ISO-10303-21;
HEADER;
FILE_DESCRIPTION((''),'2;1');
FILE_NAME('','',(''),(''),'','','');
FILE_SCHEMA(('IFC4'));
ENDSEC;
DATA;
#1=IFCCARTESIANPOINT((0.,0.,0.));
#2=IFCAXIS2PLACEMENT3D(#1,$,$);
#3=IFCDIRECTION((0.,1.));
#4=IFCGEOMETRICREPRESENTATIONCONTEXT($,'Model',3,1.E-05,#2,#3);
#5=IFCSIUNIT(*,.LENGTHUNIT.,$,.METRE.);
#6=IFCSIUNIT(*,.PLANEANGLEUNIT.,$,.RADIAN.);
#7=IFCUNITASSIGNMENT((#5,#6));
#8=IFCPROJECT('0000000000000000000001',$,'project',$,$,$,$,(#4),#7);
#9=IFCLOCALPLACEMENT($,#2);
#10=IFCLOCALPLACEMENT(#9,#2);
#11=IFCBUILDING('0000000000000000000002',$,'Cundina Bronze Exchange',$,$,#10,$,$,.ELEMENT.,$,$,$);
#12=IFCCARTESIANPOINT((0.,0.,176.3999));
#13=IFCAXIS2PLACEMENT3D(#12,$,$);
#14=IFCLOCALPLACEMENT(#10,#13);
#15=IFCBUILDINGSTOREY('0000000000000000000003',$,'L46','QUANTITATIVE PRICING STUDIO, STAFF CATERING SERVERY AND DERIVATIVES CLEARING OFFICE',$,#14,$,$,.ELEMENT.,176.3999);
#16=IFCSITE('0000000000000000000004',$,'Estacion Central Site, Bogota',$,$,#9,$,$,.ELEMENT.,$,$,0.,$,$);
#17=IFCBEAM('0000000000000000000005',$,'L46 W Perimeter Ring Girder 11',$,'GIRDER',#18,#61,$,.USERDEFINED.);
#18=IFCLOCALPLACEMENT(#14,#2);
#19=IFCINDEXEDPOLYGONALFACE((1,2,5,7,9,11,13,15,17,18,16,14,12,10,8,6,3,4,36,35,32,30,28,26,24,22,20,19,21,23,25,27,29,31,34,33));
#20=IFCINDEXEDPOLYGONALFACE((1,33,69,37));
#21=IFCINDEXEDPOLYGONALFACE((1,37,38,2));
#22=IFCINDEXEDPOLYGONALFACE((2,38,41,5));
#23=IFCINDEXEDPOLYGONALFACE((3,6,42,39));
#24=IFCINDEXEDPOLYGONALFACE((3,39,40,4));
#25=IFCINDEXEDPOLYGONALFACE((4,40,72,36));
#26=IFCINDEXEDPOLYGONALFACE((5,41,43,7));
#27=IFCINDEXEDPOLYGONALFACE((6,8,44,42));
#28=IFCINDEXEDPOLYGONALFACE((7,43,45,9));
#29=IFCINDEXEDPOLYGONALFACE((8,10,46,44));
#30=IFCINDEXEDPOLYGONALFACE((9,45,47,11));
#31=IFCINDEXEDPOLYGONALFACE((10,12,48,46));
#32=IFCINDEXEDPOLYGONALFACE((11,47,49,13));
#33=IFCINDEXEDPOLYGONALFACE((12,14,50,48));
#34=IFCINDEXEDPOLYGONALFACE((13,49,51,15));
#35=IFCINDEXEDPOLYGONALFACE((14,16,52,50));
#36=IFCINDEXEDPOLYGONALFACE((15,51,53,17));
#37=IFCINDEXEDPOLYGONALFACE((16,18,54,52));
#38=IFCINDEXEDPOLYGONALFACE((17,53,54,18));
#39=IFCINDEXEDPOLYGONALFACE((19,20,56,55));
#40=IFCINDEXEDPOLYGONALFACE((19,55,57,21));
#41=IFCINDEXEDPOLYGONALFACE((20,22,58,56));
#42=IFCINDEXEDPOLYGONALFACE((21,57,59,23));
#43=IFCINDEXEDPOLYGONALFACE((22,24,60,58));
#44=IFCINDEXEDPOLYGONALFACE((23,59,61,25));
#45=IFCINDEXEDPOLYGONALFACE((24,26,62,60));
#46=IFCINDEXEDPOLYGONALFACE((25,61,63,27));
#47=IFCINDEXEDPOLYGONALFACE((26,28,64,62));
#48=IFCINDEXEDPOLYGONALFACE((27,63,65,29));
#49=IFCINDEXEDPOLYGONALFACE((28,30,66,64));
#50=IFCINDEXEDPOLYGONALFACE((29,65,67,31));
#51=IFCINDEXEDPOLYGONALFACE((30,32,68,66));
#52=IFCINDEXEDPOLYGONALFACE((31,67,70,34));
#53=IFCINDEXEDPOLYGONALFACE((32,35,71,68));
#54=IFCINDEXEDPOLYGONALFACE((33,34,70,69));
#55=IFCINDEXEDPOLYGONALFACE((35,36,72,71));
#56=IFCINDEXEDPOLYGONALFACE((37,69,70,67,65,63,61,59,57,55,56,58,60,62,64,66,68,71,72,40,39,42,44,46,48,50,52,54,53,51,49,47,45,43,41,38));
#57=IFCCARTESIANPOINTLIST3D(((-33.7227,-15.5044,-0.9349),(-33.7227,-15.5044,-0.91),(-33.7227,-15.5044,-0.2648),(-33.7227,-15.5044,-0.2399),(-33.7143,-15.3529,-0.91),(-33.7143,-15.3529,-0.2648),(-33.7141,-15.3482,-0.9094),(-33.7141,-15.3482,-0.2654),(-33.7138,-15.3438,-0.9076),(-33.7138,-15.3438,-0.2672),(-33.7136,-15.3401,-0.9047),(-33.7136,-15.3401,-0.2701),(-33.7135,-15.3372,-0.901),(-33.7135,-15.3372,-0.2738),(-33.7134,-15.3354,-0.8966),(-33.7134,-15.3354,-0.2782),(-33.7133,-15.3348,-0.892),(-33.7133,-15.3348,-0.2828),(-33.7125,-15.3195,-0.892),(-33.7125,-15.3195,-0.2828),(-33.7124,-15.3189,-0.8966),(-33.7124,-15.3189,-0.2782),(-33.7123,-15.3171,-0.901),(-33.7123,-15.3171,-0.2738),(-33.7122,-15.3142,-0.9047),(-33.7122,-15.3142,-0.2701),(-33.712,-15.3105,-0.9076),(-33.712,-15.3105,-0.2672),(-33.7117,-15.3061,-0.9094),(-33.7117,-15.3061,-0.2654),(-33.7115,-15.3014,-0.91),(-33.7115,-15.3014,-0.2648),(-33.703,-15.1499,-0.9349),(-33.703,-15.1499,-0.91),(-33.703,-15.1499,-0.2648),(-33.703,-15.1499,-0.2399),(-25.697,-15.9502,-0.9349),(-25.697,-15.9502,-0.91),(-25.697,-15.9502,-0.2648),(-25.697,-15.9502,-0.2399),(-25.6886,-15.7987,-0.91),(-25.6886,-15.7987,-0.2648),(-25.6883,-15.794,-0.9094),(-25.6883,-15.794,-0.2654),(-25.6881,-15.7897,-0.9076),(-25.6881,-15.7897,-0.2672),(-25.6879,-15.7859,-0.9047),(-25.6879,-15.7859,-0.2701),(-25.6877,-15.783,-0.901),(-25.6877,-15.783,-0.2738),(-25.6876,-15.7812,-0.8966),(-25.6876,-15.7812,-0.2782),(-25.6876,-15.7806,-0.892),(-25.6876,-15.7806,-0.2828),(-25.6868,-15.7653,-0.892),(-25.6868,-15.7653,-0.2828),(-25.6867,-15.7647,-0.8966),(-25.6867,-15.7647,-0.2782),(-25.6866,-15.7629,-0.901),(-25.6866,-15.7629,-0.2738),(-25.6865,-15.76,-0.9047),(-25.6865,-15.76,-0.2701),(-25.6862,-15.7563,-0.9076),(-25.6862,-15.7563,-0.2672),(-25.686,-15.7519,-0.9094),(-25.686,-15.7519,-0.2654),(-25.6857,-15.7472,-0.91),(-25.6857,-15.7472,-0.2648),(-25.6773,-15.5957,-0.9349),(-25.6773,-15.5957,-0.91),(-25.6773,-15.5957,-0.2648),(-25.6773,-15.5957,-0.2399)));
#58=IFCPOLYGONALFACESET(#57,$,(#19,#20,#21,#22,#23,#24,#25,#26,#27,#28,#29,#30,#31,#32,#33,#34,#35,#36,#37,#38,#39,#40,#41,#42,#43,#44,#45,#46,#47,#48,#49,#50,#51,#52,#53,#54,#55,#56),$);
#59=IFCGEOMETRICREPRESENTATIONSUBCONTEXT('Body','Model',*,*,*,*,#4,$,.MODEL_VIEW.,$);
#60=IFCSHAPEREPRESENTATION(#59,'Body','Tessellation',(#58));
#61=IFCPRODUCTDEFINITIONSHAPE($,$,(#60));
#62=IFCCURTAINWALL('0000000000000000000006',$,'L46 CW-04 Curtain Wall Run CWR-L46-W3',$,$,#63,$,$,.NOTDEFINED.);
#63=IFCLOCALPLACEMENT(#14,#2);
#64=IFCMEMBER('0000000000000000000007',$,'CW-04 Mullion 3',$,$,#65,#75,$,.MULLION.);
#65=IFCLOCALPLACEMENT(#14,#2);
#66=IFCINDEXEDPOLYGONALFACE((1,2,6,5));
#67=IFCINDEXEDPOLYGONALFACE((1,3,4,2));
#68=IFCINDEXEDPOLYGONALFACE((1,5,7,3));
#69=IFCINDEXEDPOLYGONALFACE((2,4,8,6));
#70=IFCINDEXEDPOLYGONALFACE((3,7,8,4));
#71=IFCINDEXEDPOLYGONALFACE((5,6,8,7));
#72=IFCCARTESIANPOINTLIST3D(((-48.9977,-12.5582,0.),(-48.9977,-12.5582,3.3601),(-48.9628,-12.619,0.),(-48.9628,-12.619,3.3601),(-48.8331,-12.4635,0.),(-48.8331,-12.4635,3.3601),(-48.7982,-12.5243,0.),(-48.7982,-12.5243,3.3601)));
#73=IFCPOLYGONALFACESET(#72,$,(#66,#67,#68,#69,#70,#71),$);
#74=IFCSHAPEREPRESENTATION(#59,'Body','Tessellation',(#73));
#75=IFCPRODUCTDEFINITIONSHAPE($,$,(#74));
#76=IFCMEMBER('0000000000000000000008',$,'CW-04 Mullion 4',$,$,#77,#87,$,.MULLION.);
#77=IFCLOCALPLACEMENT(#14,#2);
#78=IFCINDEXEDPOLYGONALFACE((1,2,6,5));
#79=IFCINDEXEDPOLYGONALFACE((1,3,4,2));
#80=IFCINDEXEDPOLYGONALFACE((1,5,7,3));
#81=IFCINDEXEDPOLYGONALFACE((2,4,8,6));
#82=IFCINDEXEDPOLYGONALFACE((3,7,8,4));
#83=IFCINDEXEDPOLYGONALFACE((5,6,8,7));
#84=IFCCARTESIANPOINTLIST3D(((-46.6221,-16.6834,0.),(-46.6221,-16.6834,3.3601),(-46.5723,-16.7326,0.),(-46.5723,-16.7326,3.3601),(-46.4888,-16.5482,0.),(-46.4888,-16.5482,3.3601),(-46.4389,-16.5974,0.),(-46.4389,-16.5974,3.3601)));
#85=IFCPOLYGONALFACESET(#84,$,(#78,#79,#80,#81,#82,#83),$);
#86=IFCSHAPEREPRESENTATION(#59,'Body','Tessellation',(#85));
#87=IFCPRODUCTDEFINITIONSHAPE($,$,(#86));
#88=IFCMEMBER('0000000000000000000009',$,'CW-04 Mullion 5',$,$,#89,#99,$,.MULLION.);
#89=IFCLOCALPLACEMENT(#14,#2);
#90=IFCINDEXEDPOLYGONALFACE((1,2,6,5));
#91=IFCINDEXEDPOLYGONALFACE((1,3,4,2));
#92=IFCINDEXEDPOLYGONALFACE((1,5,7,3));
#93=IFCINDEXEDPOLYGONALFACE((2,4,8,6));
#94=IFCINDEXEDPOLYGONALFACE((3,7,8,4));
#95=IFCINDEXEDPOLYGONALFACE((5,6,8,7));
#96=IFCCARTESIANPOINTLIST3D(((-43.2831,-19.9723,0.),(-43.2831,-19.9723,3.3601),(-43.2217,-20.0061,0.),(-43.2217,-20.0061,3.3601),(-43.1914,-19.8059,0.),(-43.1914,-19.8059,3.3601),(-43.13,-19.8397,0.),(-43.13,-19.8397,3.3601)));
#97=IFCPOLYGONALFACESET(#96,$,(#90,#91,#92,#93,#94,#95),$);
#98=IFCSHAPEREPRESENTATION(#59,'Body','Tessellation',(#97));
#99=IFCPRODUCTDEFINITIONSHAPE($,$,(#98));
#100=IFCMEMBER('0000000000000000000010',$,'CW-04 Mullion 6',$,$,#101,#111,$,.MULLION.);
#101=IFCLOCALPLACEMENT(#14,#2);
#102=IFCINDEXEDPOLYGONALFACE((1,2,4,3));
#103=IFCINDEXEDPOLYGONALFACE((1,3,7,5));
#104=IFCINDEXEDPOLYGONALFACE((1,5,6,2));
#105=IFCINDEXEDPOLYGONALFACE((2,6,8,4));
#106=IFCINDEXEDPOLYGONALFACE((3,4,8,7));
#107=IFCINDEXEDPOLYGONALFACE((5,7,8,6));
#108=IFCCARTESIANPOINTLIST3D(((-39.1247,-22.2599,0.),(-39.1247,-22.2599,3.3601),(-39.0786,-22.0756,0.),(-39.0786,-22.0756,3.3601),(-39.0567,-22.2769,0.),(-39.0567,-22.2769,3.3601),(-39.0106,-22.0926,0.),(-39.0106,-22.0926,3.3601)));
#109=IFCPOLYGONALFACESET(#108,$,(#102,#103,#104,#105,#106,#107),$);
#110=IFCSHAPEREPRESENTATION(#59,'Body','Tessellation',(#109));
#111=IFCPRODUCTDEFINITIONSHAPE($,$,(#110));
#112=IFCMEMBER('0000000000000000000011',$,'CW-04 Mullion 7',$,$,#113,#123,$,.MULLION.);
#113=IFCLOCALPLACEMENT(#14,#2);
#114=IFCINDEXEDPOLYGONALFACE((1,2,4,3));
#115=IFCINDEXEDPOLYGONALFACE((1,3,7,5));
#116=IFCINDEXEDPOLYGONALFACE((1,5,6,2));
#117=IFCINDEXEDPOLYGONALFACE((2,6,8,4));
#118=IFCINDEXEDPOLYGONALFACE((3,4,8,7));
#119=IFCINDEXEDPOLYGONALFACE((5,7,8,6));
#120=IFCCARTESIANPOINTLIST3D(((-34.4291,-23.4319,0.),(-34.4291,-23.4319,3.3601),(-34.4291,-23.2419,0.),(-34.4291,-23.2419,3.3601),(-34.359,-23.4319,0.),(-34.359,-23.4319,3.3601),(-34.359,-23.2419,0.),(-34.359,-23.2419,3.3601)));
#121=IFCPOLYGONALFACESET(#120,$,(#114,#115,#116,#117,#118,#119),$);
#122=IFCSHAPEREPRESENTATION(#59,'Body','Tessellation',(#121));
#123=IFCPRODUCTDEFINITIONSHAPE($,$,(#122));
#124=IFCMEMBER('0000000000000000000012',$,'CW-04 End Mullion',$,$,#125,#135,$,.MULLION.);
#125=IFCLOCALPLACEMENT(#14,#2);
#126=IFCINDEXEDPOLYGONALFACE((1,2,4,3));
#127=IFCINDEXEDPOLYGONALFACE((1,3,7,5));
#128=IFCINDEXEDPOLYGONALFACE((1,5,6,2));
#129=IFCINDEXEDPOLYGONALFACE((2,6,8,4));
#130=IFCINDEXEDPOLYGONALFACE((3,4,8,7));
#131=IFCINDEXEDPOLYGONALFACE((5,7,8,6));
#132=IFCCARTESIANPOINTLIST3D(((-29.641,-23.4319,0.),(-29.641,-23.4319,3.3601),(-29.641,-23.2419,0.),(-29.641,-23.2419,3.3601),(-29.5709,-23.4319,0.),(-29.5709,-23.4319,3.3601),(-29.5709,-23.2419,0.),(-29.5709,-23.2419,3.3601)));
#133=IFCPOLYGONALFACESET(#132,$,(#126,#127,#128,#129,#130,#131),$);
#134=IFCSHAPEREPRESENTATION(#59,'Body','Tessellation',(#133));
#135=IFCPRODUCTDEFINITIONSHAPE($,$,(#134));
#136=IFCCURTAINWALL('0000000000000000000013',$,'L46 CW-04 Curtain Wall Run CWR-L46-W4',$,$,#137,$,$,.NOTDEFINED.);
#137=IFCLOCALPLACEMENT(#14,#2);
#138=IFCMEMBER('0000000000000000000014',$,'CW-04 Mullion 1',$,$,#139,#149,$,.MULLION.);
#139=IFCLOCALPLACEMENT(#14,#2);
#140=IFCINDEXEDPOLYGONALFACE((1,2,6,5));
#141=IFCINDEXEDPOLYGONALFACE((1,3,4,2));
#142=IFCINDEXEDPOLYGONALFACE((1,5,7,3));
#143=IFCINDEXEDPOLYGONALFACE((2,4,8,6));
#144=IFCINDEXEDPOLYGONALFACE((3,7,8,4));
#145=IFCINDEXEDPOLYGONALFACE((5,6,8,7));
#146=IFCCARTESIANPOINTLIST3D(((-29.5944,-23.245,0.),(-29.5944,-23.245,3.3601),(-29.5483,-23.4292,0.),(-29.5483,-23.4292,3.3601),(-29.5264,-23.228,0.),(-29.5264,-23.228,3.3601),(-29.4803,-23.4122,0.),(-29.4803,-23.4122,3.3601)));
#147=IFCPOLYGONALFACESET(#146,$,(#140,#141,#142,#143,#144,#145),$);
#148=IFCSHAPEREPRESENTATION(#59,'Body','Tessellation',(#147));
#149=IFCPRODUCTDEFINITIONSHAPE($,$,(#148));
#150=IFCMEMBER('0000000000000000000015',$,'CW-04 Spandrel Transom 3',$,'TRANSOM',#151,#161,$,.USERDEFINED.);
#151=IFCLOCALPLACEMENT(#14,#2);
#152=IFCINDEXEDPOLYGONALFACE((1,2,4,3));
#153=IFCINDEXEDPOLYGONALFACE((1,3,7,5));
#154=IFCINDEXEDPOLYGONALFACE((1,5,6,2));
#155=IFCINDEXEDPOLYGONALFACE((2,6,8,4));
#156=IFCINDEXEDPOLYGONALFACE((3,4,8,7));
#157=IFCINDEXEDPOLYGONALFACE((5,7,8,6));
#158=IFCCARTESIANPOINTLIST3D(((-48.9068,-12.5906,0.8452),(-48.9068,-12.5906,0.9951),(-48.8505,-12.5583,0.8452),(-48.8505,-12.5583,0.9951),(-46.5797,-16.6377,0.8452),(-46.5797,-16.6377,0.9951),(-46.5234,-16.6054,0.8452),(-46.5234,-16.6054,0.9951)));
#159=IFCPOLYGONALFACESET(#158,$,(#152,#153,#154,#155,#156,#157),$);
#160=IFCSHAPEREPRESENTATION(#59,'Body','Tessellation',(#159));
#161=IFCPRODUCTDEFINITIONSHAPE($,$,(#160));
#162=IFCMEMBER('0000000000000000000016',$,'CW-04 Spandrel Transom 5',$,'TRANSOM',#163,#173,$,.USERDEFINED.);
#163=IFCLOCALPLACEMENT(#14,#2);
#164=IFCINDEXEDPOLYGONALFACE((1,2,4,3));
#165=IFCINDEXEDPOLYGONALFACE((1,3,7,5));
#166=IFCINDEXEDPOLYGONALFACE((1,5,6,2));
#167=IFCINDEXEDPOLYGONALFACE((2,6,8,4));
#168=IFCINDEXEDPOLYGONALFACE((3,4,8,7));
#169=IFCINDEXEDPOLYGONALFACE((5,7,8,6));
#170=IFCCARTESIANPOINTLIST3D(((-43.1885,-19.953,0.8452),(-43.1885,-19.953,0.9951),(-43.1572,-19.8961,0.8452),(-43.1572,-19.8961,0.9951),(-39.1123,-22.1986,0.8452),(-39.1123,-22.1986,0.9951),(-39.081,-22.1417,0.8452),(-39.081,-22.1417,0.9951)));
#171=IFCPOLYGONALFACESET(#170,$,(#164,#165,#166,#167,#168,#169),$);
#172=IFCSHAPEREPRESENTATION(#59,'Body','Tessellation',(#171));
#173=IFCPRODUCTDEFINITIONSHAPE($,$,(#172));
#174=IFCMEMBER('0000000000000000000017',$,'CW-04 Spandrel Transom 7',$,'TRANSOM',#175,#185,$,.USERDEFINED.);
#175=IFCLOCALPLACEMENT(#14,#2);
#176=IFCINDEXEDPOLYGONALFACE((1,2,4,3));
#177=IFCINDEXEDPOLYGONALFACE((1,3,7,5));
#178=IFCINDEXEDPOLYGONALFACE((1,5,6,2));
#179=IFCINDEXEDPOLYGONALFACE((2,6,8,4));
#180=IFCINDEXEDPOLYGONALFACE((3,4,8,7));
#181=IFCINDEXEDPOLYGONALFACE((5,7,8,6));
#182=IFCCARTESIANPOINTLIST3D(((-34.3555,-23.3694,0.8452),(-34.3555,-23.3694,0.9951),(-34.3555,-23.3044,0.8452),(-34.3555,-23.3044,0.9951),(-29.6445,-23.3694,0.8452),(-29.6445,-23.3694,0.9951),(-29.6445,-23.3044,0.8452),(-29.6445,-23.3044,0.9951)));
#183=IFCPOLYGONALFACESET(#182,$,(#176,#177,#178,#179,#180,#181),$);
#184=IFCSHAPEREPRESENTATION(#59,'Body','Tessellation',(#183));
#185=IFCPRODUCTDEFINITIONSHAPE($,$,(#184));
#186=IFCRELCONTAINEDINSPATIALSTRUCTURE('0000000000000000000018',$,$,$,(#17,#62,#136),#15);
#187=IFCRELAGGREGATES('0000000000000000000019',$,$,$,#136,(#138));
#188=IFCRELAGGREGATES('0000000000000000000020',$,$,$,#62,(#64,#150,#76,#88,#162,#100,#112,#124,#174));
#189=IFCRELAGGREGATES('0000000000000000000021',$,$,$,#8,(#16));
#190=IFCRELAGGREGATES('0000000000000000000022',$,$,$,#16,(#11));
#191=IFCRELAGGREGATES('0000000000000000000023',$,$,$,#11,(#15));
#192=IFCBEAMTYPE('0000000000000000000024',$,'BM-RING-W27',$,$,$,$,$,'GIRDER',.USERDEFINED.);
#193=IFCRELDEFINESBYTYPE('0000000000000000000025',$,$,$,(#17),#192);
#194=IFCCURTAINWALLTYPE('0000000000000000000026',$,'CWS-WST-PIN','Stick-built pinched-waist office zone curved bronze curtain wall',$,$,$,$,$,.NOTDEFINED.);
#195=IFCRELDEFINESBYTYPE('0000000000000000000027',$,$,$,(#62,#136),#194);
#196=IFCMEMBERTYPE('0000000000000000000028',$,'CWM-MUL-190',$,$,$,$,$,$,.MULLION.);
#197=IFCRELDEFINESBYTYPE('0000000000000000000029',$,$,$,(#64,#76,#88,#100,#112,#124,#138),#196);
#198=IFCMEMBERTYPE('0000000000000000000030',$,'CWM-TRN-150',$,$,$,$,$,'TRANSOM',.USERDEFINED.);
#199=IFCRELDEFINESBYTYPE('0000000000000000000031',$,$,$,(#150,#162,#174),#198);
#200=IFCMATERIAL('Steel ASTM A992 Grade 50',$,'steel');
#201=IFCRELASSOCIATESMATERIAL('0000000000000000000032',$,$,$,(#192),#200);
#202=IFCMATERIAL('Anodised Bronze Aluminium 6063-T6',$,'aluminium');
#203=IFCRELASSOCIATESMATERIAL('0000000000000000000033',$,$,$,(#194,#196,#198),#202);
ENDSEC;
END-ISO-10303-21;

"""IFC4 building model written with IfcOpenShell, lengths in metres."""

from ifc_helpers import new_model, si_unit, direction, frame, origin, origin_2d, place, context, subcontext, project, spatial, rectangle, i_section, extrude, material, material_profile, profile_set, type_object, element, aggregate, save


model = new_model("IFC4")

# Units and contexts
model_context = context("Model", 3, precision=1e-05, world=origin(), true_north=direction((0.0, 1.0)))
body_context = subcontext(model_context, "Body", "Model", "MODEL_VIEW")
ifc_project = project(units=[si_unit("LENGTHUNIT", "METRE"), si_unit("PLANEANGLEUNIT", "RADIAN")], contexts=[model_context])

# Site, building, storey
site_placement = place(None, origin())
site = spatial("IfcSite", under=ifc_project, at=site_placement, Name="Estacion Central Site, Bogota", CompositionType="ELEMENT", RefElevation=0.0)
building_placement = place(site_placement, origin())
building = spatial("IfcBuilding", under=site, at=building_placement, Name="Cundina Bronze Exchange", CompositionType="ELEMENT")
storey_placement = place(building_placement, frame((0.0, 0.0, 176.3999)))
storey = spatial("IfcBuildingStorey", under=building, at=storey_placement, Name="L46", Description="QUANTITATIVE PRICING STUDIO, STAFF CATERING SERVERY AND DERIVATIVES CLEARING OFFICE", CompositionType="ELEMENT", Elevation=176.3999)

# Beam
ifc_material_1 = material(Name="Steel ASTM A992 Grade 50", Category="steel")
ifc_material_profile_1 = material_profile(ifc_material_1, i_section(OverallWidth=0.355, OverallDepth=0.6951, WebThickness=0.0154, FlangeThickness=0.0249, FilletRadius=0.0181, at=origin_2d()), Name="W27X146", Category="steel")
ifc_profile_set_1 = profile_set([ifc_material_profile_1], Name="Steel ASTM A992 Grade 50")
beam_type_1 = type_object("IfcBeamType", Name="BM-RING-W27", ElementType="GIRDER", PredefinedType="USERDEFINED", material=ifc_profile_set_1)
for number, where, z_axis, x_axis, name in (
    (1, (-33.7129, -15.3271, -0.5874), (0.998461, -0.055462, 0.0), (0.055462, 0.998461, 0.0), "L46 W Perimeter Ring Girder 11"),
):
    element("IfcBeam", number, at=place(storey_placement, frame(where, z_axis=z_axis, x_axis=x_axis)), inside=storey, type_object=beam_type_1, Name=name, ObjectType="GIRDER", PredefinedType="USERDEFINED", context=body_context, shape_type="SweptSolid", body=[
        extrude(i_section(OverallWidth=0.355, OverallDepth=0.6951, WebThickness=0.0154, FlangeThickness=0.0249, FilletRadius=0.0181, at=origin_2d()), origin(), (0.0, 0.0, 1.0), 8.0381),
    ])

# Curtain wall, members
ifc_material_2 = material(Name="Anodised Bronze Aluminium 6063-T6", Category="aluminium")
curtain_wall_type = type_object("IfcCurtainWallType", Name="CWS-WST-PIN", Description="Stick-built pinched-waist office zone curved bronze curtain wall", PredefinedType="NOTDEFINED", material=ifc_material_2)
curtain_wall_1_placement = place(storey_placement, origin())
curtain_wall_1 = element("IfcCurtainWall", 2, at=curtain_wall_1_placement, inside=storey, type_object=curtain_wall_type, Name="L46 CW-04 Curtain Wall Run CWR-L46-W3", PredefinedType="NOTDEFINED")
ifc_material_profile_2 = material_profile(ifc_material_2, rectangle(XDim=0.0701, YDim=0.1899, at=origin_2d()), Name="AL70X190", Category="aluminium")
ifc_profile_set_2 = profile_set([ifc_material_profile_2], Name="Anodised Bronze Aluminium 6063-T6")
member_type_1 = type_object("IfcMemberType", Name="CWM-MUL-190", PredefinedType="MULLION", material=ifc_profile_set_2)
member_1_placement = place(storey_placement, frame((-48.8979, -12.5413, 0.0), z_axis=(0.0, 0.0, 1.0), x_axis=(0.498488, -0.866897, 0.0)))
member_1 = element("IfcMember", 3, at=member_1_placement, type_object=member_type_1, Name="CW-04 Mullion 3", PredefinedType="MULLION", context=body_context, shape_type="SweptSolid", body=[
    extrude(rectangle(XDim=0.0701, YDim=0.1899, at=origin_2d()), origin(), (0.0, 0.0, 1.0), 3.3601),
])
member_2_placement = place(storey_placement, frame((-46.5305, -16.6404, 0.0), z_axis=(0.0, 0.0, 1.0), x_axis=(0.712026, -0.702153, 0.0)))
member_2 = element("IfcMember", 4, at=member_2_placement, type_object=member_type_1, Name="CW-04 Mullion 4", PredefinedType="MULLION", context=body_context, shape_type="SweptSolid", body=[
    extrude(rectangle(XDim=0.0701, YDim=0.1899, at=origin_2d()), origin(), (0.0, 0.0, 1.0), 3.3601),
])
member_3_placement = place(storey_placement, frame((-43.2065, -19.906, 0.0), z_axis=(0.0, 0.0, 1.0), x_axis=(0.875886, -0.482518, 0.0)))
member_3 = element("IfcMember", 5, at=member_3_placement, type_object=member_type_1, Name="CW-04 Mullion 5", PredefinedType="MULLION", context=body_context, shape_type="SweptSolid", body=[
    extrude(rectangle(XDim=0.0701, YDim=0.1899, at=origin_2d()), origin(), (0.0, 0.0, 1.0), 3.3601),
])
member_4_placement = place(storey_placement, frame((-39.0676, -22.1763, 0.0), z_axis=(0.0, 0.0, 1.0), x_axis=(0.970084, -0.242769, 0.0)))
member_4 = element("IfcMember", 6, at=member_4_placement, type_object=member_type_1, Name="CW-04 Mullion 6", PredefinedType="MULLION", context=body_context, shape_type="SweptSolid", body=[
    extrude(rectangle(XDim=0.0701, YDim=0.1899, at=origin_2d()), origin(), (0.0, 0.0, 1.0), 3.3601),
])
member_5_placement = place(storey_placement, frame((-34.394, -23.3369, 0.0), z_axis=(0.0, 0.0, 1.0), x_axis=(1.0, 0.0, 0.0)))
member_5 = element("IfcMember", 7, at=member_5_placement, type_object=member_type_1, Name="CW-04 Mullion 7", PredefinedType="MULLION", context=body_context, shape_type="SweptSolid", body=[
    extrude(rectangle(XDim=0.0701, YDim=0.1899, at=origin_2d()), origin(), (0.0, 0.0, 1.0), 3.3601),
])
member_6_placement = place(storey_placement, frame((-29.606, -23.3369, 0.0), z_axis=(0.0, 0.0, 1.0), x_axis=(1.0, 0.0, 0.0)))
member_6 = element("IfcMember", 8, at=member_6_placement, type_object=member_type_1, Name="CW-04 End Mullion", PredefinedType="MULLION", context=body_context, shape_type="SweptSolid", body=[
    extrude(rectangle(XDim=0.0701, YDim=0.1899, at=origin_2d()), origin(), (0.0, 0.0, 1.0), 3.3601),
])

# Curtain wall, member
curtain_wall_2_placement = place(storey_placement, origin())
curtain_wall_2 = element("IfcCurtainWall", 9, at=curtain_wall_2_placement, inside=storey, type_object=curtain_wall_type, Name="L46 CW-04 Curtain Wall Run CWR-L46-W4", PredefinedType="NOTDEFINED")
member_7_placement = place(storey_placement, frame((-29.5374, -23.3286, 0.0), z_axis=(0.0, 0.0, 1.0), x_axis=(0.970084, 0.242769, 0.0)))
member_7 = element("IfcMember", 10, at=member_7_placement, type_object=member_type_1, Name="CW-04 Mullion 1", PredefinedType="MULLION", context=body_context, shape_type="SweptSolid", body=[
    extrude(rectangle(XDim=0.0701, YDim=0.1899, at=origin_2d()), origin(), (0.0, 0.0, 1.0), 3.3601),
])
aggregate(curtain_wall_2, [member_7])

# Members
ifc_material_profile_3 = material_profile(ifc_material_2, rectangle(XDim=0.0649, YDim=0.1499, at=origin_2d()), Name="AL65X150", Category="aluminium")
ifc_profile_set_3 = profile_set([ifc_material_profile_3], Name="Anodised Bronze Aluminium 6063-T6")
member_type_2 = type_object("IfcMemberType", Name="CWM-TRN-150", ElementType="TRANSOM", PredefinedType="USERDEFINED", material=ifc_profile_set_3)
member_8_placement = place(storey_placement, frame((-48.8787, -12.5745, 0.9202), z_axis=(0.49848, -0.866901, 0.0), x_axis=(0.866901, 0.49848, 0.0)))
member_8 = element("IfcMember", 11, at=member_8_placement, type_object=member_type_2, Name="CW-04 Spandrel Transom 3", ObjectType="TRANSOM", PredefinedType="USERDEFINED", context=body_context, shape_type="SweptSolid", body=[
    extrude(rectangle(XDim=0.0649, YDim=0.1499, at=origin_2d()), origin(), (0.0, 0.0, 1.0), 4.6685),
])
member_9_placement = place(storey_placement, frame((-43.1729, -19.9246, 0.9202), z_axis=(0.875879, -0.482531, 0.0), x_axis=(0.482531, 0.875879, 0.0)))
member_9 = element("IfcMember", 12, at=member_9_placement, type_object=member_type_2, Name="CW-04 Spandrel Transom 5", ObjectType="TRANSOM", PredefinedType="USERDEFINED", context=body_context, shape_type="SweptSolid", body=[
    extrude(rectangle(XDim=0.0649, YDim=0.1499, at=origin_2d()), origin(), (0.0, 0.0, 1.0), 4.6538),
])
member_10_placement = place(storey_placement, frame((-34.3555, -23.3369, 0.9202), z_axis=(1.0, 0.0, 0.0), x_axis=(0.0, 1.0, 0.0)))
member_10 = element("IfcMember", 13, at=member_10_placement, type_object=member_type_2, Name="CW-04 Spandrel Transom 7", ObjectType="TRANSOM", PredefinedType="USERDEFINED", context=body_context, shape_type="SweptSolid", body=[
    extrude(rectangle(XDim=0.0649, YDim=0.1499, at=origin_2d()), origin(), (0.0, 0.0, 1.0), 4.7109),
])

aggregate(curtain_wall_1, [member_1, member_8, member_2, member_3, member_9, member_4, member_5, member_6, member_10])

save(model, "model.ifc")
